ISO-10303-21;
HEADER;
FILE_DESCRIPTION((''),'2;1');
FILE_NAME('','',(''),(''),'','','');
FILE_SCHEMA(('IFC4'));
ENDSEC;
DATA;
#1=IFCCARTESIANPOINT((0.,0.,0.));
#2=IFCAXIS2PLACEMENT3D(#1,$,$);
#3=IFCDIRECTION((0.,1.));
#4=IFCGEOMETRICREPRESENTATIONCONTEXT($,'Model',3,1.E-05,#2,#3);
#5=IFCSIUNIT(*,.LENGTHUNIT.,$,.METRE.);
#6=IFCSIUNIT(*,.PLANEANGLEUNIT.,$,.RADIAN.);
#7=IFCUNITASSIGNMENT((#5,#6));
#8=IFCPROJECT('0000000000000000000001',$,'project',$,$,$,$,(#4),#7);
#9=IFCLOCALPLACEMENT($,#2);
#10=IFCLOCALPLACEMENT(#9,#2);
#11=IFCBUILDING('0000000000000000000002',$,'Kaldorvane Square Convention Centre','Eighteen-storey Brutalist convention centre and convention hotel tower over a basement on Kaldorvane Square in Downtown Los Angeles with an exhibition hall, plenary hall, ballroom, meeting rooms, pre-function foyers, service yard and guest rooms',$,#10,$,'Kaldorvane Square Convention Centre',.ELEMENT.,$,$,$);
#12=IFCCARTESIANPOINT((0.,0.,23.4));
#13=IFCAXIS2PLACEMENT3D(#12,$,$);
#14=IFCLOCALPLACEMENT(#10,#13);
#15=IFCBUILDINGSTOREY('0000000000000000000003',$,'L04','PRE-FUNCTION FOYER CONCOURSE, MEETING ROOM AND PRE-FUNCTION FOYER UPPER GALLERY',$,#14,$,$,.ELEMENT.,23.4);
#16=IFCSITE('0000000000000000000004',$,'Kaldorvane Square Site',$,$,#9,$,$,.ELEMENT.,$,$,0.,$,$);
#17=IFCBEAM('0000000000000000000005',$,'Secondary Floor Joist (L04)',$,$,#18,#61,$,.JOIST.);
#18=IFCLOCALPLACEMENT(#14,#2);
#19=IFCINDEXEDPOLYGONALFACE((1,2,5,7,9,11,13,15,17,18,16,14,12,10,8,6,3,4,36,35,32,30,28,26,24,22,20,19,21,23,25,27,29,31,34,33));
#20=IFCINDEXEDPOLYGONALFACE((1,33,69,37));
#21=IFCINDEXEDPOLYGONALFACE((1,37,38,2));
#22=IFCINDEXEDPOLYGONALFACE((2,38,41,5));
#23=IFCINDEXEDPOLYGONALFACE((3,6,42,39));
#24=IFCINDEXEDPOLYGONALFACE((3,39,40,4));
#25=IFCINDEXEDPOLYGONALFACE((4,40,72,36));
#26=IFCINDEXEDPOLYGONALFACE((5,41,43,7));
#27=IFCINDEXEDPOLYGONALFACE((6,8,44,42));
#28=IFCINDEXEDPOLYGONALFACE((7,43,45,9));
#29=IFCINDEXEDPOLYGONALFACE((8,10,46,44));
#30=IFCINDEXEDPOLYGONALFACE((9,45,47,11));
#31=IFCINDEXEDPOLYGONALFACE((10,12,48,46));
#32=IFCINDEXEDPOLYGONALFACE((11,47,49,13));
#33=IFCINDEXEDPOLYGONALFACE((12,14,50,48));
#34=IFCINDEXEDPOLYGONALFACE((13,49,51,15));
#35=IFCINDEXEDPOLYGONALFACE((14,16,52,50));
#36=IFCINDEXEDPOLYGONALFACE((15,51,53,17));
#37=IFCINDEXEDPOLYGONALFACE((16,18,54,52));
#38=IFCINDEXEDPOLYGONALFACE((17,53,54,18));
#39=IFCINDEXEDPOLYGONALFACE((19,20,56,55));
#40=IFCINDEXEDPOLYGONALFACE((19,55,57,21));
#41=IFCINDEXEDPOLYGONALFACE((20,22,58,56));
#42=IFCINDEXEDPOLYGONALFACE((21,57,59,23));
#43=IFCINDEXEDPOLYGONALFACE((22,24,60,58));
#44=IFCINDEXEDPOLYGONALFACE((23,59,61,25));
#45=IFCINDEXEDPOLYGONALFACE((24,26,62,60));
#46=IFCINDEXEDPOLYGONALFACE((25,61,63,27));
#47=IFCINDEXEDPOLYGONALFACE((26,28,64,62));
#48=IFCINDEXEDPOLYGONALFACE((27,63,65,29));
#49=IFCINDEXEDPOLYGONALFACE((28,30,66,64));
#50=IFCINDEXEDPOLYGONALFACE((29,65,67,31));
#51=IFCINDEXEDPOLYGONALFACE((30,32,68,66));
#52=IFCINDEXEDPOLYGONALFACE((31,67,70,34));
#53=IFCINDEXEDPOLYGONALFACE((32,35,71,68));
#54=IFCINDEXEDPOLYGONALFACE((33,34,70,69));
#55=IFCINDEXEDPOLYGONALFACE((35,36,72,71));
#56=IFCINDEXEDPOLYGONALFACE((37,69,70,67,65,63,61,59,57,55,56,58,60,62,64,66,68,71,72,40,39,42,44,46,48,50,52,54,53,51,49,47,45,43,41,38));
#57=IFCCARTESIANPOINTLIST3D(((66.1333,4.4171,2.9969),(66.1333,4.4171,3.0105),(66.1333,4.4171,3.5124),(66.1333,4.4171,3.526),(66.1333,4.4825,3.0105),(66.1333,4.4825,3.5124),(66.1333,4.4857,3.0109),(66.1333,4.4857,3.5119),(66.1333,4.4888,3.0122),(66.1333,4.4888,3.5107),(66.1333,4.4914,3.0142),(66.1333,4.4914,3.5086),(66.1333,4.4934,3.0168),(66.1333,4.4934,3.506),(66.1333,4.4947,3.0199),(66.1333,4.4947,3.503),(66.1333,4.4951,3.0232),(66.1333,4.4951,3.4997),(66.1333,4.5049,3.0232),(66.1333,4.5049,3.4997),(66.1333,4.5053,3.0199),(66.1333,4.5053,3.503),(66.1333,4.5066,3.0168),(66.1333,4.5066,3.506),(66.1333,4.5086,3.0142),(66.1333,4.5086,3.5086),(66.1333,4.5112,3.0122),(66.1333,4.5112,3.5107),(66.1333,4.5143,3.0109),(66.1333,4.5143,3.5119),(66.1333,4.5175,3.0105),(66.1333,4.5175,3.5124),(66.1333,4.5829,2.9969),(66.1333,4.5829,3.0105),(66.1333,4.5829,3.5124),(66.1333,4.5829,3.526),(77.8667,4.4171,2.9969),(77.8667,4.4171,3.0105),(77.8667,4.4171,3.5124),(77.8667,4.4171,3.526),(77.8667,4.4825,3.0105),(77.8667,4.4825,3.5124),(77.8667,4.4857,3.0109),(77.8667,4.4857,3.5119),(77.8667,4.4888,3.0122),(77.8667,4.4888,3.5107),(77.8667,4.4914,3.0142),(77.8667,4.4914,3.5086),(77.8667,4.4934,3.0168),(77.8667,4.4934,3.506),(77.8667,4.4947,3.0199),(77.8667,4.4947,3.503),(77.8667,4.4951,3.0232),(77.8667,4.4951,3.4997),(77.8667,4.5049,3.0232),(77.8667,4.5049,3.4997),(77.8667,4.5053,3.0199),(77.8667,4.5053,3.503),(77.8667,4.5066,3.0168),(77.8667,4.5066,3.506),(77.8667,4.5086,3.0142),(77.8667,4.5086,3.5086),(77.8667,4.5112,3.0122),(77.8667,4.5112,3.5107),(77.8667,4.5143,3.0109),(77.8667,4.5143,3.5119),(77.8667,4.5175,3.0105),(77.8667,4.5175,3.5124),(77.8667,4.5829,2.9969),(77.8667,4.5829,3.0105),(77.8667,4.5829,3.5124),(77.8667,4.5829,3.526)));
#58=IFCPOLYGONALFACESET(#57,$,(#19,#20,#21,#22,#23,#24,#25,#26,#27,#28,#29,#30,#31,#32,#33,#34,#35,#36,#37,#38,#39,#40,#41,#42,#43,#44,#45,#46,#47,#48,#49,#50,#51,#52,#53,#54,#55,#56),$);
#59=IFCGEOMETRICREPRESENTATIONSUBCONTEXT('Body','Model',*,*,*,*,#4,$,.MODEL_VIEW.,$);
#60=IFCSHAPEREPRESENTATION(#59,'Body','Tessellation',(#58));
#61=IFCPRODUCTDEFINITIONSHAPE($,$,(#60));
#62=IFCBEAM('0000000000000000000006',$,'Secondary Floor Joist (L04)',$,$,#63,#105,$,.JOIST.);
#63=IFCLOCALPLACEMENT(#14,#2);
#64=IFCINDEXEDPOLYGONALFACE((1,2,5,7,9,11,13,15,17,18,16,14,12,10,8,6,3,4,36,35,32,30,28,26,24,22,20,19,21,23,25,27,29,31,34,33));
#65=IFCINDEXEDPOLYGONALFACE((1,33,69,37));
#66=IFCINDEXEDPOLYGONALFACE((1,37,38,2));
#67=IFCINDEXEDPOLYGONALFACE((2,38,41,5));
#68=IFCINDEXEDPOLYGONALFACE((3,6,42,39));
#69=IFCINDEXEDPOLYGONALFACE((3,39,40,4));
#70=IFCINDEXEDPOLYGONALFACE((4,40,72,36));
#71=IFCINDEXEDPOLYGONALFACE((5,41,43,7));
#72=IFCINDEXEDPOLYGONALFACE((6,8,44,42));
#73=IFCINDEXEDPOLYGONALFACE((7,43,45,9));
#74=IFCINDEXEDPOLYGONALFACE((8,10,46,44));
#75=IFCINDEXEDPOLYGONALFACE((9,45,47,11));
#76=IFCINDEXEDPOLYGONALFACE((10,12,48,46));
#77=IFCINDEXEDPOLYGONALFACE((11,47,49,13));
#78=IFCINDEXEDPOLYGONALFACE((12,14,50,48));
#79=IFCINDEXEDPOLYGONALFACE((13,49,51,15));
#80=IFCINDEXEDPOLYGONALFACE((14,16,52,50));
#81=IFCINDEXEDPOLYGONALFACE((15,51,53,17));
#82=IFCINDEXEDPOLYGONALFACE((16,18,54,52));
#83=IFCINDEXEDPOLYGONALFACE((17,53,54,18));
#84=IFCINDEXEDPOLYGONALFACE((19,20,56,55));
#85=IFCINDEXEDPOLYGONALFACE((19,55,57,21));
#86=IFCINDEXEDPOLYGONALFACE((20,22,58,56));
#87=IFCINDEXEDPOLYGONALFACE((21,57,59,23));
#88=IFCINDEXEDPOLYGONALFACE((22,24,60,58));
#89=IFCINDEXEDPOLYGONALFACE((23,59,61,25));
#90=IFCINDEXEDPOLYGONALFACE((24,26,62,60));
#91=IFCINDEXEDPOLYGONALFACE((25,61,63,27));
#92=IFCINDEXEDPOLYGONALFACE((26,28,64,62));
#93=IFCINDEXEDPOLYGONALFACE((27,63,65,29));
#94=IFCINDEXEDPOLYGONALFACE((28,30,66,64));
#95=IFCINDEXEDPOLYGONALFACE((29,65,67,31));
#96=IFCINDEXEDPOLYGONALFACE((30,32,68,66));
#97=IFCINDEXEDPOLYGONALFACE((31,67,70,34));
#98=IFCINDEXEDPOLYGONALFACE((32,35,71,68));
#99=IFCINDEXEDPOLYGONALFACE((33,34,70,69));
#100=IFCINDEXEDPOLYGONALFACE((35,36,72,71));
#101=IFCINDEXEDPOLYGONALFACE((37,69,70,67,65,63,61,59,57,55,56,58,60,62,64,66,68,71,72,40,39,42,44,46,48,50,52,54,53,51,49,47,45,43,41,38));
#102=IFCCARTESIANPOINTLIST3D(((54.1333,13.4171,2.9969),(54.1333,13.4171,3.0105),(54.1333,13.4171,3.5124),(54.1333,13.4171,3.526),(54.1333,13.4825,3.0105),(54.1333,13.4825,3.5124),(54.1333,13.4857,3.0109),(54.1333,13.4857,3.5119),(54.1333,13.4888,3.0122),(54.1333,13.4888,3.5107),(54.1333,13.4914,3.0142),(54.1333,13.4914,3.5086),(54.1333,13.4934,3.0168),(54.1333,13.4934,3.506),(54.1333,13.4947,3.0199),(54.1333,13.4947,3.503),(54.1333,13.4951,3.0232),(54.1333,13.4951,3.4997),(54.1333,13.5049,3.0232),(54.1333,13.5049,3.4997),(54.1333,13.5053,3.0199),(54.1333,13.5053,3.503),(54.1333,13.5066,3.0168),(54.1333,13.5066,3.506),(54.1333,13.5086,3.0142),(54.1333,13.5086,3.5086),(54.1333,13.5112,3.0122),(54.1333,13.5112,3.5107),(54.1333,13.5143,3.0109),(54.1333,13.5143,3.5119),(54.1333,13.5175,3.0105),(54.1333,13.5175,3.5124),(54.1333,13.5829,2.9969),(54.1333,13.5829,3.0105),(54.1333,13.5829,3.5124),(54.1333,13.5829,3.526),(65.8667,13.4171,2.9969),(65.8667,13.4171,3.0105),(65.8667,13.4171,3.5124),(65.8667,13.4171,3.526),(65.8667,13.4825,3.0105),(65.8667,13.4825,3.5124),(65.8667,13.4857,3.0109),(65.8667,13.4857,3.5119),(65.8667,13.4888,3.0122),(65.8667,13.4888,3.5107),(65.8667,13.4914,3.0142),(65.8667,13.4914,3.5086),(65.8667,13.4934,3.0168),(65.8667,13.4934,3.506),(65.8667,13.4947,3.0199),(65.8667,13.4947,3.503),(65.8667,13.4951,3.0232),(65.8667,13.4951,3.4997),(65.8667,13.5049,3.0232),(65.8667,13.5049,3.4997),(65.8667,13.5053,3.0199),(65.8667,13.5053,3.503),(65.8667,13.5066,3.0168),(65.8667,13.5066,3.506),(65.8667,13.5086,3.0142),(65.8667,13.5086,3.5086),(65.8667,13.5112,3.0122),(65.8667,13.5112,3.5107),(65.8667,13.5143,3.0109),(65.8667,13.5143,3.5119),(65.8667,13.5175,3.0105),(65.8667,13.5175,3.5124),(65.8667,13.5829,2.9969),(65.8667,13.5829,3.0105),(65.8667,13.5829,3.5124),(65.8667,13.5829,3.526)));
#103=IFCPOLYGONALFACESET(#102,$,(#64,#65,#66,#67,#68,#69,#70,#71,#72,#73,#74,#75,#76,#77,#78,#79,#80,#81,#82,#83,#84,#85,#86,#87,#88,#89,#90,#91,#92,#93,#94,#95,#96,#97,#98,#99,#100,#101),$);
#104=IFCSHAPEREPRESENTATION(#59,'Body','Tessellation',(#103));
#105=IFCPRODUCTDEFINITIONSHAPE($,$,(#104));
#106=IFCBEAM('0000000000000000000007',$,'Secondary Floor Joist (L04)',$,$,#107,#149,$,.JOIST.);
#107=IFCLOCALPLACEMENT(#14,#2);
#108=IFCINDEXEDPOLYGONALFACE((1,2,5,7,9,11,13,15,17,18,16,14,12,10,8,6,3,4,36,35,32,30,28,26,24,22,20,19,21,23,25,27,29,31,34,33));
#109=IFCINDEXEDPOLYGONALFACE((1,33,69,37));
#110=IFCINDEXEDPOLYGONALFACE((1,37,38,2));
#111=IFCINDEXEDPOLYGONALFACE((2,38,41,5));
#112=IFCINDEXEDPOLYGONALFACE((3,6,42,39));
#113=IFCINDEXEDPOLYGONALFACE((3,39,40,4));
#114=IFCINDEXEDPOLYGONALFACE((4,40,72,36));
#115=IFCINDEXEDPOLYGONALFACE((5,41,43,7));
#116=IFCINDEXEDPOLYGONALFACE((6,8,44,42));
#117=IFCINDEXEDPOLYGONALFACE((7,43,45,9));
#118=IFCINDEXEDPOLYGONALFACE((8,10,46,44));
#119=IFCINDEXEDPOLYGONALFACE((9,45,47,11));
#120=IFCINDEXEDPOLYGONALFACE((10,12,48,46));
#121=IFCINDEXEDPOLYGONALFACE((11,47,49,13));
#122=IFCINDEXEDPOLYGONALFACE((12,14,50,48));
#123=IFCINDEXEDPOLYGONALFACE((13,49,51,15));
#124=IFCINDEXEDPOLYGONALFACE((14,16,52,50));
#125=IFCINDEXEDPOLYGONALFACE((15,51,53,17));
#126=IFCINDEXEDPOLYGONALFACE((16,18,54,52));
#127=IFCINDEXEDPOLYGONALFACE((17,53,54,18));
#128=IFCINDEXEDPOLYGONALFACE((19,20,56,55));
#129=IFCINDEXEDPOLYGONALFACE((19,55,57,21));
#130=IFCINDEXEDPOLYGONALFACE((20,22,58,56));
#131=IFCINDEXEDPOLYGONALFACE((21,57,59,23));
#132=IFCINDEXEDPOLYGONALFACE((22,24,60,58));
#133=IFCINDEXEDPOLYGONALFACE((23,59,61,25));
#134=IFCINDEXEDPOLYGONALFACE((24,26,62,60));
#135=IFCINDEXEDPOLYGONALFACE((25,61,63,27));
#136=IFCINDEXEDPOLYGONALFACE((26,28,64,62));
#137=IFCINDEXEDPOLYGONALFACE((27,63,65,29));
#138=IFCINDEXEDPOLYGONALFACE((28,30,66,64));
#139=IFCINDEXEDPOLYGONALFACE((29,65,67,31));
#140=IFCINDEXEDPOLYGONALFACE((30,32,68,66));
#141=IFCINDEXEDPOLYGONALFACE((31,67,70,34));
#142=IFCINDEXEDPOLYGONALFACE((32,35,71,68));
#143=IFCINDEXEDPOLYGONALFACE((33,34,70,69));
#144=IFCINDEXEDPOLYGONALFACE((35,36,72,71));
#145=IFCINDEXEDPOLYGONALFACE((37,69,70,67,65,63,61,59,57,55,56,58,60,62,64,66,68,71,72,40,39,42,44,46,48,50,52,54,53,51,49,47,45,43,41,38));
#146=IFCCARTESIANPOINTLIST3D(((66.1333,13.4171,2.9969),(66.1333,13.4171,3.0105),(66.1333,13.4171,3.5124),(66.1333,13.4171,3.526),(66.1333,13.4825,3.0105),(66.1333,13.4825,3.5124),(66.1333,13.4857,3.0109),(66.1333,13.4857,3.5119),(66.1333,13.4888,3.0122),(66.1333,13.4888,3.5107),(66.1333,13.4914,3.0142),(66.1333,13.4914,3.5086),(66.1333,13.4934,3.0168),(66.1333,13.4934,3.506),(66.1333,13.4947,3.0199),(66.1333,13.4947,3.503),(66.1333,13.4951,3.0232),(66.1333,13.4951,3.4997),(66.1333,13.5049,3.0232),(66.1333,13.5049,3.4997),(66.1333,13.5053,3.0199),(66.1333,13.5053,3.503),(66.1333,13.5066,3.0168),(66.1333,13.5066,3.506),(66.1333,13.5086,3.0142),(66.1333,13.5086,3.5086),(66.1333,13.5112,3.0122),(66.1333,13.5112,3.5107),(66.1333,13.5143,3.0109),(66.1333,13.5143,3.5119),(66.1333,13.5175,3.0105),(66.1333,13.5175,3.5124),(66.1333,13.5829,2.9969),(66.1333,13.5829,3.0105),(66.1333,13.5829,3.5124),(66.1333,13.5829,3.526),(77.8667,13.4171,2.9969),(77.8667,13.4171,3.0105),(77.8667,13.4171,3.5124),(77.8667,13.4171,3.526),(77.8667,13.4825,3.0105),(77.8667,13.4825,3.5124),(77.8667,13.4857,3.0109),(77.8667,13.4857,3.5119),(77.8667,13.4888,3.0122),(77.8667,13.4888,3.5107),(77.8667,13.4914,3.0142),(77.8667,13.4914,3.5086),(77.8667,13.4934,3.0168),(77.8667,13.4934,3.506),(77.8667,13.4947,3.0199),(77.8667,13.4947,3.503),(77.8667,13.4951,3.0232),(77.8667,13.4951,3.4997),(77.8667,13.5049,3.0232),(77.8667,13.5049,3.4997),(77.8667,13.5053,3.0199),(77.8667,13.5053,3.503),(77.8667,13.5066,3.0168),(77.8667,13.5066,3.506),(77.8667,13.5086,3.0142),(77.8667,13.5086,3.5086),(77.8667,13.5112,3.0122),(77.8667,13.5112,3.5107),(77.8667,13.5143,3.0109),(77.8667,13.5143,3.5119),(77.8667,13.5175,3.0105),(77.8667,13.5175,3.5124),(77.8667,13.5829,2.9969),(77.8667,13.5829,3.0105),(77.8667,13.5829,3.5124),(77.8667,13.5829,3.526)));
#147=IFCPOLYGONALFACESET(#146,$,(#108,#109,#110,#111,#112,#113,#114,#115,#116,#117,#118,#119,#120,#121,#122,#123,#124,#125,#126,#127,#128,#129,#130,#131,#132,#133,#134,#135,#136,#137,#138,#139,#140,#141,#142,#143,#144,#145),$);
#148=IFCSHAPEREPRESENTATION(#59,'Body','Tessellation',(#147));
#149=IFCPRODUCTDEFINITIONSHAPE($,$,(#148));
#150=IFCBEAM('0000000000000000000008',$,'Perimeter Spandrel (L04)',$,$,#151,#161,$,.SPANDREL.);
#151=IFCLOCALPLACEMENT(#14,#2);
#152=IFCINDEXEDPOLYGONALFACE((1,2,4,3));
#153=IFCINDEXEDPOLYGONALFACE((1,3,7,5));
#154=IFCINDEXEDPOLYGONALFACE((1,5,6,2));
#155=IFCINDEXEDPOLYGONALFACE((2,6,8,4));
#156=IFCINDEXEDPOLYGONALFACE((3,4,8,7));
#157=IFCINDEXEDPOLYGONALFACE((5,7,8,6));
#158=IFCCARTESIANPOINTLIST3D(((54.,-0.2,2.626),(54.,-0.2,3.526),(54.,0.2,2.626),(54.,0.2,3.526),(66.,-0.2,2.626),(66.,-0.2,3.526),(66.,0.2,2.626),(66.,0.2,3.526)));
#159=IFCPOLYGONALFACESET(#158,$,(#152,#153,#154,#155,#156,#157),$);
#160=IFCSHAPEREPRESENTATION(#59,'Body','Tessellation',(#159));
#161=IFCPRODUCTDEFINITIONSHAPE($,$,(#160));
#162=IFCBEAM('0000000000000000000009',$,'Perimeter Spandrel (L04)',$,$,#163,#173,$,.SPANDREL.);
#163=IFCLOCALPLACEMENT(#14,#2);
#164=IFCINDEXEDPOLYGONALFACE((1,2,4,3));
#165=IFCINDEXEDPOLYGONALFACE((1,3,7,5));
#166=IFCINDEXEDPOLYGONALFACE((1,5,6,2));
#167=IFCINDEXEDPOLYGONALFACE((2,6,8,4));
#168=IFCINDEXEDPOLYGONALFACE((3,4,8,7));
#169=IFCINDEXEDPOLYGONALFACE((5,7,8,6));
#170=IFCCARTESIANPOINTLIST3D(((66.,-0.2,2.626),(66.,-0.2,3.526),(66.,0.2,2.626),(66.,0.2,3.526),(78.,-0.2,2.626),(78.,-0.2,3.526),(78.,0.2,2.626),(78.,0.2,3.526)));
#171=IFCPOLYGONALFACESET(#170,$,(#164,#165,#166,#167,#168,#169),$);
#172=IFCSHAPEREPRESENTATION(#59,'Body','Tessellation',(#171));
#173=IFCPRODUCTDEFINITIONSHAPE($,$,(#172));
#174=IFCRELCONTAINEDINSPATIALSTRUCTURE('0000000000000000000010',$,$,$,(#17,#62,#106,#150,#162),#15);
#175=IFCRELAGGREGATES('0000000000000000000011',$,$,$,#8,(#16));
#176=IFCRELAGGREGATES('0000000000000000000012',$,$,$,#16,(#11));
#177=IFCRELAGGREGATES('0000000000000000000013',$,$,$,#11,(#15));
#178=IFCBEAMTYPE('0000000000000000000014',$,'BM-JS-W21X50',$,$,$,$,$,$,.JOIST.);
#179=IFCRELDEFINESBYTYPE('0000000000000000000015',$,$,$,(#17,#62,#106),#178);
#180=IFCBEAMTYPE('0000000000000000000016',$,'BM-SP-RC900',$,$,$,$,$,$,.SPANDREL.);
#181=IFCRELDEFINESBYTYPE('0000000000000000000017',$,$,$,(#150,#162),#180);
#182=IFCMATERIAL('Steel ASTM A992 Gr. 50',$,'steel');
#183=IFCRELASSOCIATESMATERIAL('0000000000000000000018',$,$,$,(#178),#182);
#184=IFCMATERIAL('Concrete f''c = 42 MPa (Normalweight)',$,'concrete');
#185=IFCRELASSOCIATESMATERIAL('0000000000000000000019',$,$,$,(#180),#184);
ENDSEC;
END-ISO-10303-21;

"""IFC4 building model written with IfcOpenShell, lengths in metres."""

from ifc_helpers import new_model, si_unit, direction, frame, origin, origin_2d, place, context, subcontext, project, spatial, rectangle, i_section, extrude, material, material_profile, profile_set, type_object, element, save


model = new_model("IFC4")

# Units and contexts
model_context = context("Model", 3, precision=1e-05, world=origin(), true_north=direction((0.0, 1.0)))
body_context = subcontext(model_context, "Body", "Model", "MODEL_VIEW")
ifc_project = project(units=[si_unit("LENGTHUNIT", "METRE"), si_unit("PLANEANGLEUNIT", "RADIAN")], contexts=[model_context])

# Site, building, storey
site_placement = place(None, origin())
site = spatial("IfcSite", under=ifc_project, at=site_placement, Name="Kaldorvane Square Site", CompositionType="ELEMENT", RefElevation=0.0)
building_placement = place(site_placement, origin())
building = spatial("IfcBuilding", under=site, at=building_placement, Name="Kaldorvane Square Convention Centre", Description="Eighteen-storey Brutalist convention centre and convention hotel tower over a basement on Kaldorvane Square in Downtown Los Angeles with an exhibition hall, plenary hall, ballroom, meeting rooms, pre-function foyers, service yard and guest rooms", LongName="Kaldorvane Square Convention Centre", CompositionType="ELEMENT")
storey_placement = place(building_placement, frame((0.0, 0.0, 23.4)))
storey = spatial("IfcBuildingStorey", under=building, at=storey_placement, Name="L04", Description="PRE-FUNCTION FOYER CONCOURSE, MEETING ROOM AND PRE-FUNCTION FOYER UPPER GALLERY", CompositionType="ELEMENT", Elevation=23.4)

# Shared definitions
ifc_material_1 = material(Name="Steel ASTM A992 Gr. 50", Category="steel")

# Beams
ifc_material_profile_1 = material_profile(ifc_material_1, i_section(OverallWidth=0.1659, OverallDepth=0.5291, WebThickness=0.0097, FlangeThickness=0.0136, FilletRadius=0.0127, at=origin_2d()), Name="W21X50")
ifc_profile_set_1 = profile_set([ifc_material_profile_1], Name="Steel ASTM A992 Gr. 50")
beam_type_1 = type_object("IfcBeamType", Name="BM-JS-W21X50", PredefinedType="JOIST", material=ifc_profile_set_1)
for number, where, z_axis, x_axis, name in (
    (1, (66.1333, 4.5, 3.2614), (1.0, 0.0, 0.0), (0.0, 1.0, 0.0), "Secondary Floor Joist (L04)"),
    (2, (54.1333, 13.5, 3.2614), (1.0, 0.0, 0.0), (0.0, 1.0, 0.0), "Secondary Floor Joist (L04)"),
    (3, (66.1333, 13.5, 3.2614), (1.0, 0.0, 0.0), (0.0, 1.0, 0.0), "Secondary Floor Joist (L04)"),
):
    element("IfcBeam", number, at=place(storey_placement, frame(where, z_axis=z_axis, x_axis=x_axis)), inside=storey, type_object=beam_type_1, Name=name, PredefinedType="JOIST", context=body_context, shape_type="SweptSolid", body=[
        extrude(i_section(OverallWidth=0.1659, OverallDepth=0.5291, WebThickness=0.0097, FlangeThickness=0.0136, FilletRadius=0.0127, at=origin_2d()), origin(), (0.0, 0.0, 1.0), 11.7334),
    ])
ifc_material_2 = material(Name="Concrete f'c = 42 MPa (Normalweight)", Category="concrete")
ifc_material_profile_2 = material_profile(ifc_material_2, rectangle(XDim=0.4, YDim=0.9, at=origin_2d()), Name="RCSP900X400")
ifc_profile_set_2 = profile_set([ifc_material_profile_2], Name="Concrete f'c = 42 MPa (Normalweight)")
beam_type_2 = type_object("IfcBeamType", Name="BM-SP-RC900", PredefinedType="SPANDREL", material=ifc_profile_set_2)
for number, where, z_axis, x_axis, name in (
    (4, (54.0, 0.0, 3.076), (1.0, 0.0, 0.0), (0.0, 1.0, 0.0), "Perimeter Spandrel (L04)"),
    (5, (66.0, 0.0, 3.076), (1.0, 0.0, 0.0), (0.0, 1.0, 0.0), "Perimeter Spandrel (L04)"),
):
    element("IfcBeam", number, at=place(storey_placement, frame(where, z_axis=z_axis, x_axis=x_axis)), inside=storey, type_object=beam_type_2, Name=name, PredefinedType="SPANDREL", context=body_context, shape_type="SweptSolid", body=[
        extrude(rectangle(XDim=0.4, YDim=0.9, at=origin_2d()), origin(), (0.0, 0.0, 1.0), 12.0),
    ])

save(model, "model.ifc")
